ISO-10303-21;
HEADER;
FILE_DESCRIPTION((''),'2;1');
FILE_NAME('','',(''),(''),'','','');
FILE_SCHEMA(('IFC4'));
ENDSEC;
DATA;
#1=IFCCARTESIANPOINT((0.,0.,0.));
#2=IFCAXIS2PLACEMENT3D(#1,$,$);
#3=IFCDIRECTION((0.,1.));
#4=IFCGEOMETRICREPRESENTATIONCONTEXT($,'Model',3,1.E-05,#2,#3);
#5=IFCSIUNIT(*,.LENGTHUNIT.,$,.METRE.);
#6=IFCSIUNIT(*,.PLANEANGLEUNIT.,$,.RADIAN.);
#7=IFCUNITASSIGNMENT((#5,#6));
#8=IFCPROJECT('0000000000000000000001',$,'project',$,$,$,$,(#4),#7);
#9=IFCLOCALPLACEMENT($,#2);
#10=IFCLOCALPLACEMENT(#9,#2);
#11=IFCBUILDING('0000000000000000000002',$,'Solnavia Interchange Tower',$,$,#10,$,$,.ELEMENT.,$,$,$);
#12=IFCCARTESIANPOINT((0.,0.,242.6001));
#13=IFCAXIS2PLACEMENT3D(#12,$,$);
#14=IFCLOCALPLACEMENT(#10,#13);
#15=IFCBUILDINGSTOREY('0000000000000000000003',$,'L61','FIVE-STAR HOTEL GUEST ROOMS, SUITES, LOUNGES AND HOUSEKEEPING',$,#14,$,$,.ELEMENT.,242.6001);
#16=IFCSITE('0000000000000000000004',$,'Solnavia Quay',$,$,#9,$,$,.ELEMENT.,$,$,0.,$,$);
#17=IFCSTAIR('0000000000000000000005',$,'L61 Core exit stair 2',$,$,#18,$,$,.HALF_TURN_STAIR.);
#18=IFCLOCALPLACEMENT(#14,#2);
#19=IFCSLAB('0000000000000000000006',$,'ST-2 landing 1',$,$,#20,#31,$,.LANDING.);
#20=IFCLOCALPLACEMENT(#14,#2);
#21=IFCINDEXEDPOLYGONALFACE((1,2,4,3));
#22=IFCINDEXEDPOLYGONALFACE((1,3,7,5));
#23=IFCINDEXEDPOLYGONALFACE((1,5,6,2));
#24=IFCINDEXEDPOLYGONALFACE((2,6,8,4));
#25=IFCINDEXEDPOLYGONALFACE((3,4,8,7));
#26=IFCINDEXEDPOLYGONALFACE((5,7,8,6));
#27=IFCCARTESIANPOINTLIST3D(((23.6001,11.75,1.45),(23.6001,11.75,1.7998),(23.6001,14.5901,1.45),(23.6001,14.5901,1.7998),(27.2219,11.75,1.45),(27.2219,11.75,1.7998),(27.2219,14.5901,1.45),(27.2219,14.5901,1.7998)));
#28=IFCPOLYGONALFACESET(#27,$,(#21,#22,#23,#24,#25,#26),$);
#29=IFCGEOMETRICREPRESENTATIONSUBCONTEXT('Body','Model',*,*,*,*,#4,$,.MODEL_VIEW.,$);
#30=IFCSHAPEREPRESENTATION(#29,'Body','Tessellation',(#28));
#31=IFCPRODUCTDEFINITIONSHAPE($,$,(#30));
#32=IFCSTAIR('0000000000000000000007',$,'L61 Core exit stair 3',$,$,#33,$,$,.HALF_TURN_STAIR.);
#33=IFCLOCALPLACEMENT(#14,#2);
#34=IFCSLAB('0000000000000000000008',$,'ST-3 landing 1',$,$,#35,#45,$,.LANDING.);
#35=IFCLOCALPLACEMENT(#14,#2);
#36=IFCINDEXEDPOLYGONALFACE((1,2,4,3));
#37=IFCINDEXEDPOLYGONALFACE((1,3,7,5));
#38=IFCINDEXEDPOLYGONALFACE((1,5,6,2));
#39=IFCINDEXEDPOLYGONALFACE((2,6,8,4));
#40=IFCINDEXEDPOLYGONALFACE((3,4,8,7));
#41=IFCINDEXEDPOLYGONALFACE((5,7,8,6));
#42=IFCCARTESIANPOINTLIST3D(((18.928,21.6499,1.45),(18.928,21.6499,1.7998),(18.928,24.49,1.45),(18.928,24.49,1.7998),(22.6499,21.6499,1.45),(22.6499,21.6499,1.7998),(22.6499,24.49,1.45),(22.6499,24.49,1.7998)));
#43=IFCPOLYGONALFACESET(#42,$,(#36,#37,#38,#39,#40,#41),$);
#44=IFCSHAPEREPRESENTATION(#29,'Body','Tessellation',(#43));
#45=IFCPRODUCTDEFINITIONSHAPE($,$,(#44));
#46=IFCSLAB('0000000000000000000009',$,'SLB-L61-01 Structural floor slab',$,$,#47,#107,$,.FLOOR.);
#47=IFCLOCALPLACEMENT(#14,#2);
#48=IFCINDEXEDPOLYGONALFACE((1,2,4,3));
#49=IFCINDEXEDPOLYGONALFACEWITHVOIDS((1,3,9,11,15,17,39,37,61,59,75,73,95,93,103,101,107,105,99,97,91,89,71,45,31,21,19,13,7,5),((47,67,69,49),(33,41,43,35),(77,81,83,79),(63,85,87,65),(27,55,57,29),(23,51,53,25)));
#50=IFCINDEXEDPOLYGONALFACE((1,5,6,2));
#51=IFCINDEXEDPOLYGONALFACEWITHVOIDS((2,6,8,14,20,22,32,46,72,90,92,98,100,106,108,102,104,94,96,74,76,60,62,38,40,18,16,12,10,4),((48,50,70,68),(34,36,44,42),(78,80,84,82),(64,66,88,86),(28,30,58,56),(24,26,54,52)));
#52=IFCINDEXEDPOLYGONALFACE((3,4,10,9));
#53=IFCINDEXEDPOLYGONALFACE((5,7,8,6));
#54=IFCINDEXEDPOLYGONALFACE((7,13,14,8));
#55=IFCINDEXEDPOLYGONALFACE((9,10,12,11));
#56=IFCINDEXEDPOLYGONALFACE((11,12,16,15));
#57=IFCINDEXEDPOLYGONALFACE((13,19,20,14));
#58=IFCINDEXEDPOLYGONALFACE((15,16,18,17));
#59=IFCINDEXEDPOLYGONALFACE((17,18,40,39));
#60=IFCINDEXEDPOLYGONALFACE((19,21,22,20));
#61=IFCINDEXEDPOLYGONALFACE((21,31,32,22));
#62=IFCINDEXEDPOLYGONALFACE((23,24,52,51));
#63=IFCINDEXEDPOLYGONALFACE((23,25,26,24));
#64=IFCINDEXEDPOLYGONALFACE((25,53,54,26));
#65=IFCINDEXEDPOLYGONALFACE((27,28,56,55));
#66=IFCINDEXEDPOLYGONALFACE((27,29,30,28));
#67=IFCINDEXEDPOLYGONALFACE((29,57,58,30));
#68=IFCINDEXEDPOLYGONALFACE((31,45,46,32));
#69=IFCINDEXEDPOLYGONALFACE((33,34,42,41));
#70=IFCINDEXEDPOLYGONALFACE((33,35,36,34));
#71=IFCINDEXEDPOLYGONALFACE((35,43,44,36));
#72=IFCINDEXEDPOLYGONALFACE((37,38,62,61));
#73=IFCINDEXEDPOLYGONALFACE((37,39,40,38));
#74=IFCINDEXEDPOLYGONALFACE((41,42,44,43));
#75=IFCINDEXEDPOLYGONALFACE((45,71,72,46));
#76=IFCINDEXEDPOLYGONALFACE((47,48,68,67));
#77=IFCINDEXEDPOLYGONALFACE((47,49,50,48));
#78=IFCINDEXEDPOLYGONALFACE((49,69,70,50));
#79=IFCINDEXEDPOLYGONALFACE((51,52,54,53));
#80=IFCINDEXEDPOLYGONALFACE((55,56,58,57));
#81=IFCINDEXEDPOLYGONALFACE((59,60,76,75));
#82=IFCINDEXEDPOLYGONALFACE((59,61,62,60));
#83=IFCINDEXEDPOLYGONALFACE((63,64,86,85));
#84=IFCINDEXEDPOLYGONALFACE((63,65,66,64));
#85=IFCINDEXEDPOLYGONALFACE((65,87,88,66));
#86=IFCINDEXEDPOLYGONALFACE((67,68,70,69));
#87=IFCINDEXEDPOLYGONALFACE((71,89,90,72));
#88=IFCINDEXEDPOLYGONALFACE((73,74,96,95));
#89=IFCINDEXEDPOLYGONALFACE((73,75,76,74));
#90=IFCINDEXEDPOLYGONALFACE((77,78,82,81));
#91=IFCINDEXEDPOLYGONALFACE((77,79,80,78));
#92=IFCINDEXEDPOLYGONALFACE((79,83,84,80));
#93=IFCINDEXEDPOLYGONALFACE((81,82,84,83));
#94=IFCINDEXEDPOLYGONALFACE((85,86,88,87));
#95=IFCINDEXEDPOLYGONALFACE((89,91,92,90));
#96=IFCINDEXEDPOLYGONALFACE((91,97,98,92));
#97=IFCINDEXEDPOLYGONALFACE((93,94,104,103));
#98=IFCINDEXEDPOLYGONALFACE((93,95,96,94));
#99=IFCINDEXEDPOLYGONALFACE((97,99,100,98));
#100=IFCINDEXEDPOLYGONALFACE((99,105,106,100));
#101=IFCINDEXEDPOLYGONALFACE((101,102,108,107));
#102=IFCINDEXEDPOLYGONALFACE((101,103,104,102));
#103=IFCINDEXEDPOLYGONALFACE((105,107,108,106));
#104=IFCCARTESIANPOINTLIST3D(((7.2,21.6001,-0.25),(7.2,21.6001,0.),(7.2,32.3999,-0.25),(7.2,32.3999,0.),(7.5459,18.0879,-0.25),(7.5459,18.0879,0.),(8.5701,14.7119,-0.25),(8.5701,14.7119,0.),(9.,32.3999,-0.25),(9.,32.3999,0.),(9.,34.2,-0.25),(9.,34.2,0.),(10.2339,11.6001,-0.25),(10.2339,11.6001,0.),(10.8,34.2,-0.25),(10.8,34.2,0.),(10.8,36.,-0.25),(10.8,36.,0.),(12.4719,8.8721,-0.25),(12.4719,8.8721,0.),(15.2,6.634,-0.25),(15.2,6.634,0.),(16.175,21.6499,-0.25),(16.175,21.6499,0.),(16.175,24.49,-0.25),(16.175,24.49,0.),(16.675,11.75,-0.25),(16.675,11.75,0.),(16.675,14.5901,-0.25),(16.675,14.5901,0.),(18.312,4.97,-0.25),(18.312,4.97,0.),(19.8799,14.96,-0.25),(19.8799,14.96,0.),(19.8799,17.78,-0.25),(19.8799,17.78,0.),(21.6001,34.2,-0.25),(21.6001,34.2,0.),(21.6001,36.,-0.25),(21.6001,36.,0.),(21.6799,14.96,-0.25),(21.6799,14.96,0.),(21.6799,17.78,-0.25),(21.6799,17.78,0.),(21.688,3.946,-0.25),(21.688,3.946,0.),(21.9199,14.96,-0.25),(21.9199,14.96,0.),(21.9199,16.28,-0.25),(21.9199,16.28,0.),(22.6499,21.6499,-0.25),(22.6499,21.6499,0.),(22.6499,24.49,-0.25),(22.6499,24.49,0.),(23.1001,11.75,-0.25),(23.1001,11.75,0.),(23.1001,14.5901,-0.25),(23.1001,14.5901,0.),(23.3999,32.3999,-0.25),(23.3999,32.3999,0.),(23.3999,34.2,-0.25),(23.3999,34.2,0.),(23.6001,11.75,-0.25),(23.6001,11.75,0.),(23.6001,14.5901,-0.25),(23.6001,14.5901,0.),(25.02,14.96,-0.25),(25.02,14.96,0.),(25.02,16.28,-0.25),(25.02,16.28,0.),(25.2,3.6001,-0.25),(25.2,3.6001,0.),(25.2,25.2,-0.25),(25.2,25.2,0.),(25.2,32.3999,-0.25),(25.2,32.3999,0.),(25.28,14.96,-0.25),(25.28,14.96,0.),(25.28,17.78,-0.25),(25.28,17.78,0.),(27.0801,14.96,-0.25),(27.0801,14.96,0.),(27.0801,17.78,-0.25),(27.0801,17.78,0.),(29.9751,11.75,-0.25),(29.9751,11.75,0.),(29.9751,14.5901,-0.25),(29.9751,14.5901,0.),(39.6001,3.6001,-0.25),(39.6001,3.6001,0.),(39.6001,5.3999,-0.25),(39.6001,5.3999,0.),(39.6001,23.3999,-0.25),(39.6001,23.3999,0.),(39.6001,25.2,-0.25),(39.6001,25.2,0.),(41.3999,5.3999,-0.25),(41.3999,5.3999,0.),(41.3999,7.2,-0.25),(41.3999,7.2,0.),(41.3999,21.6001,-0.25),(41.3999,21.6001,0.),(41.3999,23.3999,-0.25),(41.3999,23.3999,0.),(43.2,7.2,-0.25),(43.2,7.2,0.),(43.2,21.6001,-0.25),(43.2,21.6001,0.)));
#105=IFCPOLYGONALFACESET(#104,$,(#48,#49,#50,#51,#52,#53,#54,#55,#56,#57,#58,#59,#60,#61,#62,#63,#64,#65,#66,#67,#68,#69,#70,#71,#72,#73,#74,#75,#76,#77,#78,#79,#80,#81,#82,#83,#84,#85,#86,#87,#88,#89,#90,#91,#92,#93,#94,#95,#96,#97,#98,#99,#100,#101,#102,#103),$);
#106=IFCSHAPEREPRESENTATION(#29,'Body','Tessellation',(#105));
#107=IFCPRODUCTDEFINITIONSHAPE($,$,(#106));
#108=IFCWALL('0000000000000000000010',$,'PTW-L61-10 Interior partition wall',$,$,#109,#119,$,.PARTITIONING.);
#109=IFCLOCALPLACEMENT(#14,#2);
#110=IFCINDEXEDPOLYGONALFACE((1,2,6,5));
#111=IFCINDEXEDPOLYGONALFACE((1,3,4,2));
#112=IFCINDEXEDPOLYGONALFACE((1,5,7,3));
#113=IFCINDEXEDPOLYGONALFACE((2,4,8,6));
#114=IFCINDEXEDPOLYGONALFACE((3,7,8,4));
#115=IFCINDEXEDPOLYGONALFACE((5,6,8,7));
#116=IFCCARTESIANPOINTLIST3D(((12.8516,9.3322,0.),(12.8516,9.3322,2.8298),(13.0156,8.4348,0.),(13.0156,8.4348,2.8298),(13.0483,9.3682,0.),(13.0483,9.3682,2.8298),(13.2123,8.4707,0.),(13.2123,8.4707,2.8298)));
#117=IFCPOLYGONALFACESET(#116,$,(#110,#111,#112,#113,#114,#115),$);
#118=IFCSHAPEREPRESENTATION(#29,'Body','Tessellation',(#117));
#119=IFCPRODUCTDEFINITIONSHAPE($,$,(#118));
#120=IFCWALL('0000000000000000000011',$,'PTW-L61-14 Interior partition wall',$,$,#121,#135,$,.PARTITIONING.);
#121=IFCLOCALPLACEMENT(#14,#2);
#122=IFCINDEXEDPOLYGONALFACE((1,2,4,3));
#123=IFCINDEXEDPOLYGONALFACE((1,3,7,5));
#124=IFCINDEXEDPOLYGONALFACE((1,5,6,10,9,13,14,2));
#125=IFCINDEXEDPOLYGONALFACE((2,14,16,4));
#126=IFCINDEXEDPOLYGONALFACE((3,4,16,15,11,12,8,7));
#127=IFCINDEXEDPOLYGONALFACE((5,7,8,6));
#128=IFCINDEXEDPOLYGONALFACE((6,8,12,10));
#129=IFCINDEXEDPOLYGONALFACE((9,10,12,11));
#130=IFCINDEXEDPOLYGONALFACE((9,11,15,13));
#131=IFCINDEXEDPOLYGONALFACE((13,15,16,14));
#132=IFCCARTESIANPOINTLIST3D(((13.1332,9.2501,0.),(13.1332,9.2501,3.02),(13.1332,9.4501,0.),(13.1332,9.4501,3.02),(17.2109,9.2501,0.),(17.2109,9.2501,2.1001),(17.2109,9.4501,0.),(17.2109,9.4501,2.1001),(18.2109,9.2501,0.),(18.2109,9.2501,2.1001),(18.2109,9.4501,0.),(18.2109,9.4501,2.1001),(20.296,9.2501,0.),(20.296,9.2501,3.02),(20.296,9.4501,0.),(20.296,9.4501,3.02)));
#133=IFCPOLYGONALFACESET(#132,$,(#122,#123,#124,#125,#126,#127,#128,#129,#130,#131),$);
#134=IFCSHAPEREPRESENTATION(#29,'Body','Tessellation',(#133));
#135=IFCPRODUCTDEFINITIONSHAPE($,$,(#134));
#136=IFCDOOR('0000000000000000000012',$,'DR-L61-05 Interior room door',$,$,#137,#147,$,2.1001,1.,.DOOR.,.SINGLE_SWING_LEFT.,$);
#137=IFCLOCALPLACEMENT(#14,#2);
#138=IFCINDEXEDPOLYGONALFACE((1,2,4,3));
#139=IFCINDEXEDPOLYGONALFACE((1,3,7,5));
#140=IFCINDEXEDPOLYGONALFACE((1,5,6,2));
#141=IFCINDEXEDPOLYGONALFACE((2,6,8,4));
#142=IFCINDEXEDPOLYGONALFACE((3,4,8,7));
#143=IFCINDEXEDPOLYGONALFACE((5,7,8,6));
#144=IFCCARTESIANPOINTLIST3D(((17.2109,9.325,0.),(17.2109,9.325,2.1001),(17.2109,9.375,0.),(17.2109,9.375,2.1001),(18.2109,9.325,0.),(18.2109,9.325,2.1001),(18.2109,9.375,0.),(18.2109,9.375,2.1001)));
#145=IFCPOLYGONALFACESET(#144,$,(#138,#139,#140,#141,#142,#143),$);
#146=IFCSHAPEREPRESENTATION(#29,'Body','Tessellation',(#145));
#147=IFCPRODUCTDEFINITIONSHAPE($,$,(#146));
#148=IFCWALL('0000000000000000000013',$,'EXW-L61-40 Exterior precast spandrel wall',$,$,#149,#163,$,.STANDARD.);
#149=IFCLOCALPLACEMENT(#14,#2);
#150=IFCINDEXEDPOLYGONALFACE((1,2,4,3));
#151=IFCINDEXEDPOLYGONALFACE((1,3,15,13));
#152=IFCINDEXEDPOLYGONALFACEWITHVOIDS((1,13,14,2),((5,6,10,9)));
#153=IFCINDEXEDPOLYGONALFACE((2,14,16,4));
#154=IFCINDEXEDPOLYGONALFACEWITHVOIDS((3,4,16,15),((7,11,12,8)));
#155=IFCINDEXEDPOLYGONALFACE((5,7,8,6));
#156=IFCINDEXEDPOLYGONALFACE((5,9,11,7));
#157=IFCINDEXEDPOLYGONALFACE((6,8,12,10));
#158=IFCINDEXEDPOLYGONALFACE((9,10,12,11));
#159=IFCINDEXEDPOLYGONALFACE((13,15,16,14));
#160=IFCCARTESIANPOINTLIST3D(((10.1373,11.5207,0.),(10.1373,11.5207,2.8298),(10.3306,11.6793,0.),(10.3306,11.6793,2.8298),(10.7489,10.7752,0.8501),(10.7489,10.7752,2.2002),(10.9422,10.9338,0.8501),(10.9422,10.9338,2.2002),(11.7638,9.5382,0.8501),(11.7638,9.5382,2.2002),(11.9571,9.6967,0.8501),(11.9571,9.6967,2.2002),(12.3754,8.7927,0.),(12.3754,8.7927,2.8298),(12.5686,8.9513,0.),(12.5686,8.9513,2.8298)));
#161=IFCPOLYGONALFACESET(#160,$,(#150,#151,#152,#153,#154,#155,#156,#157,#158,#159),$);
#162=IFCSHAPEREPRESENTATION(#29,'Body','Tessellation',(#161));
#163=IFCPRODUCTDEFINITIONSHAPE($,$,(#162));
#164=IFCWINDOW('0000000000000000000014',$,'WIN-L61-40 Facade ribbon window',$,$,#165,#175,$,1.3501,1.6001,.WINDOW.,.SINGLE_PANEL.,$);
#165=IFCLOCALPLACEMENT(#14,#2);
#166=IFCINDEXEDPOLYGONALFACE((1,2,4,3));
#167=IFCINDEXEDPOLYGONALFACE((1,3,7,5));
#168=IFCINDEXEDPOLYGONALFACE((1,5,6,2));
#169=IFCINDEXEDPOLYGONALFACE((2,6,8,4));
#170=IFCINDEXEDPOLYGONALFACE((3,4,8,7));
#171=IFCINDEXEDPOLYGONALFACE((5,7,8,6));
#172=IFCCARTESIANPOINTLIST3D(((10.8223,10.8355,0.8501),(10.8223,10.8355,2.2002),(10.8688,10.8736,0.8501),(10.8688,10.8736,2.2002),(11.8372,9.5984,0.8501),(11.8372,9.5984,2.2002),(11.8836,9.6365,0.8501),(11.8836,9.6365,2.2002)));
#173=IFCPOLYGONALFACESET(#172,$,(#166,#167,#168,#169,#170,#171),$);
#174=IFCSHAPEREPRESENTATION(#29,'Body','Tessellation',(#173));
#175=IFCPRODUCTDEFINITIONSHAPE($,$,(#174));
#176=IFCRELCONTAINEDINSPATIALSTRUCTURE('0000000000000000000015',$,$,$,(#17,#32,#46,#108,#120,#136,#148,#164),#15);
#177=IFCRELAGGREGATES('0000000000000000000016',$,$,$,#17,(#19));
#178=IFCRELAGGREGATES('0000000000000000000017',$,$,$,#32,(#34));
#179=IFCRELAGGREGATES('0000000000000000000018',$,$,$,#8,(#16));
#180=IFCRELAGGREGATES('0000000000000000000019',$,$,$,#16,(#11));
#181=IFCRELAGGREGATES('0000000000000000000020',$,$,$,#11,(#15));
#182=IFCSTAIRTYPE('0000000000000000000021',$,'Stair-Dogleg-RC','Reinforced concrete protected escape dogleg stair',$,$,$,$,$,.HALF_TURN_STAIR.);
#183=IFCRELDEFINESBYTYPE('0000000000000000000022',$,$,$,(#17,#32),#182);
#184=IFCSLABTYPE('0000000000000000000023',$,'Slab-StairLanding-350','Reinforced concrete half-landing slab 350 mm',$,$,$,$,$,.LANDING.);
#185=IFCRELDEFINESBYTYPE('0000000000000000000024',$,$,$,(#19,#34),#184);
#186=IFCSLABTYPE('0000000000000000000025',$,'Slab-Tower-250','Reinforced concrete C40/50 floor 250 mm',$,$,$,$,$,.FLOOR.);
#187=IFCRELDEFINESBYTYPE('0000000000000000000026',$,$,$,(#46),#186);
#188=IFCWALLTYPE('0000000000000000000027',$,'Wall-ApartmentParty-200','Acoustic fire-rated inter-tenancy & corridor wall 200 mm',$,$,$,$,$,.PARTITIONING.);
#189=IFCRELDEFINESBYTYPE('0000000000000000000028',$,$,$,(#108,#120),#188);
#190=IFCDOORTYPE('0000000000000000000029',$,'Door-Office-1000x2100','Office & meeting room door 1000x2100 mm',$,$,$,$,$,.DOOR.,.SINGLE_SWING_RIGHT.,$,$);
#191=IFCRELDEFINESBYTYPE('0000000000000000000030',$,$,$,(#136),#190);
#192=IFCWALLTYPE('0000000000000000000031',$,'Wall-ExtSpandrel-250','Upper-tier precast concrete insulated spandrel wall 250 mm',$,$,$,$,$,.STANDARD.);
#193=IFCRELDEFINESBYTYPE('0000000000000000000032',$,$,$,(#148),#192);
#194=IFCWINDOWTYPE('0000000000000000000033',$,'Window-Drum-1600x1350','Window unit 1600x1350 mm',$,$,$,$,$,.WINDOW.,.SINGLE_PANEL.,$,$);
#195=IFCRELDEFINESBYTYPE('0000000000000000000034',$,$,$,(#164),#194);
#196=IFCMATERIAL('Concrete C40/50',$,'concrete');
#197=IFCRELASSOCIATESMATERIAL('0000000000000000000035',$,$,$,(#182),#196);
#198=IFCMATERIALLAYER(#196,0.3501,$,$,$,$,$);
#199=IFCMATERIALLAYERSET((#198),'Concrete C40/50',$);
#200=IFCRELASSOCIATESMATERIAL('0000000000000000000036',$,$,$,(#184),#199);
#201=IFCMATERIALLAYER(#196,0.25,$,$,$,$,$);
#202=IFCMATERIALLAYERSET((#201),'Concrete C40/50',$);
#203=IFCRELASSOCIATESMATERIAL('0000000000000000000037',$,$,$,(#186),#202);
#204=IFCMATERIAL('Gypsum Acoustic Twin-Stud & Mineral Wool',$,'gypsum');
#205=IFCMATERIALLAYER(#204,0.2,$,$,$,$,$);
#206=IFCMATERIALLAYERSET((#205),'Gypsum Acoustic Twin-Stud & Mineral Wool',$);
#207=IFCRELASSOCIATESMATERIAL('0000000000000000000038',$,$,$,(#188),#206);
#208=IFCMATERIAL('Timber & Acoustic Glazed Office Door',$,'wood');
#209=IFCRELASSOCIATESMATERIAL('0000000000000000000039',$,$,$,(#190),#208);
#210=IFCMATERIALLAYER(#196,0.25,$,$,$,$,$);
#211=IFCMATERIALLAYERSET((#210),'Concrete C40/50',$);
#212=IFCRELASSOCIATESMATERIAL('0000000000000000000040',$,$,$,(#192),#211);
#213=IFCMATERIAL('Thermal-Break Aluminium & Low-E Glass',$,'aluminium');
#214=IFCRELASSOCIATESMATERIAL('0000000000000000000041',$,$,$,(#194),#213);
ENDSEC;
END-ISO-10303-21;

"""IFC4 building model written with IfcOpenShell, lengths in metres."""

from ifc_helpers import new_model, si_unit, direction, frame, frame_2d, origin, place, context, subcontext, project, spatial, polyline, rectangle, outline, extrude, material, layer, layer_set, type_object, element, fill, aggregate, save


model = new_model("IFC4")

# Units and contexts
model_context = context("Model", 3, precision=1e-05, world=origin(), true_north=direction((0.0, 1.0)))
body_context = subcontext(model_context, "Body", "Model", "MODEL_VIEW")
ifc_project = project(units=[si_unit("LENGTHUNIT", "METRE"), si_unit("PLANEANGLEUNIT", "RADIAN")], contexts=[model_context])

# Site, building, storey
site_placement = place(None, origin())
site = spatial("IfcSite", under=ifc_project, at=site_placement, Name="Solnavia Quay", CompositionType="ELEMENT", RefElevation=0.0)
building_placement = place(site_placement, origin())
building = spatial("IfcBuilding", under=site, at=building_placement, Name="Solnavia Interchange Tower", CompositionType="ELEMENT")
storey_placement = place(building_placement, frame((0.0, 0.0, 242.6001)))
storey = spatial("IfcBuildingStorey", under=building, at=storey_placement, Name="L61", Description="FIVE-STAR HOTEL GUEST ROOMS, SUITES, LOUNGES AND HOUSEKEEPING", CompositionType="ELEMENT", Elevation=242.6001)

# Stairs, slabs
ifc_material_1 = material(Name="Concrete C40/50", Category="concrete")
stair_type = type_object("IfcStairType", Name="Stair-Dogleg-RC", Description="Reinforced concrete protected escape dogleg stair", PredefinedType="HALF_TURN_STAIR", material=ifc_material_1)
ifc_layer_1 = layer(ifc_material_1, 0.3501)
ifc_layer_set_1 = layer_set([ifc_layer_1], Name="Concrete C40/50")
slab_type_1 = type_object("IfcSlabType", Name="Slab-StairLanding-350", Description="Reinforced concrete half-landing slab 350 mm", PredefinedType="LANDING", material=ifc_layer_set_1)
stair_1_placement = place(storey_placement, origin())
stair_1 = element("IfcStair", 1, at=stair_1_placement, inside=storey, type_object=stair_type, Name="L61 Core exit stair 2", PredefinedType="HALF_TURN_STAIR")
slab_1_placement = place(storey_placement, frame((0.0, 0.0, 1.45)))
slab_1 = element("IfcSlab", 2, at=slab_1_placement, type_object=slab_type_1, Name="ST-2 landing 1", PredefinedType="LANDING", context=body_context, shape_type="SweptSolid", body=[
    extrude(outline(polyline([(23.6001, 11.75), (27.2219, 11.75), (27.2219, 14.5901), (23.6001, 14.5901), (23.6001, 11.75)])), origin(), (0.0, 0.0, 1.0), 0.3499),
])
aggregate(stair_1, [slab_1])
stair_2_placement = place(storey_placement, origin())
stair_2 = element("IfcStair", 3, at=stair_2_placement, inside=storey, type_object=stair_type, Name="L61 Core exit stair 3", PredefinedType="HALF_TURN_STAIR")
slab_2_placement = place(storey_placement, frame((0.0, 0.0, 1.45)))
slab_2 = element("IfcSlab", 4, at=slab_2_placement, type_object=slab_type_1, Name="ST-3 landing 1", PredefinedType="LANDING", context=body_context, shape_type="SweptSolid", body=[
    extrude(outline(polyline([(18.928, 21.6499), (22.6499, 21.6499), (22.6499, 24.49), (18.928, 24.49), (18.928, 21.6499)])), origin(), (0.0, 0.0, 1.0), 0.3499),
])
aggregate(stair_2, [slab_2])

# Slab
ifc_layer_2 = layer(ifc_material_1, 0.25)
ifc_layer_set_2 = layer_set([ifc_layer_2], Name="Concrete C40/50")
slab_type_2 = type_object("IfcSlabType", Name="Slab-Tower-250", Description="Reinforced concrete C40/50 floor 250 mm", PredefinedType="FLOOR", material=ifc_layer_set_2)
slab_3_placement = place(storey_placement, frame((0.0, 0.0, -0.25)))
element("IfcSlab", 5, at=slab_3_placement, inside=storey, type_object=slab_type_2, Name="SLB-L61-01 Structural floor slab", PredefinedType="FLOOR", context=body_context, shape_type="SweptSolid", body=[
    extrude(outline(polyline([(25.2, 3.6001), (39.6001, 3.6001), (39.6001, 5.3999), (41.3999, 5.3999), (41.3999, 7.2), (43.2, 7.2), (43.2, 21.6001), (41.3999, 21.6001), (41.3999, 23.3999), (39.6001, 23.3999), (39.6001, 25.2), (25.2, 25.2), (25.2, 32.3999), (23.3999, 32.3999), (23.3999, 34.2), (21.6001, 34.2), (21.6001, 36.0), (10.8, 36.0), (10.8, 34.2), (9.0, 34.2), (9.0, 32.3999), (7.2, 32.3999), (7.2, 21.6001), (7.5459, 18.0879), (8.5701, 14.7119), (10.2339, 11.6001), (12.4719, 8.8721), (15.2, 6.634), (18.312, 4.97), (21.688, 3.946), (25.2, 3.6001)]), holes=[polyline([(16.675, 11.75), (23.1001, 11.75), (23.1001, 14.5901), (16.675, 14.5901), (16.675, 11.75)]), polyline([(23.6001, 11.75), (29.9751, 11.75), (29.9751, 14.5901), (23.6001, 14.5901), (23.6001, 11.75)]), polyline([(16.175, 21.6499), (22.6499, 21.6499), (22.6499, 24.49), (16.175, 24.49), (16.175, 21.6499)]), polyline([(19.8799, 14.96), (21.6799, 14.96), (21.6799, 17.78), (19.8799, 17.78), (19.8799, 14.96)]), polyline([(25.28, 14.96), (27.0801, 14.96), (27.0801, 17.78), (25.28, 17.78), (25.28, 14.96)]), polyline([(21.9199, 14.96), (25.02, 14.96), (25.02, 16.28), (21.9199, 16.28), (21.9199, 14.96)])]), origin(), (0.0, 0.0, 1.0), 0.25),
])

# Wall
ifc_material_2 = material(Name="Gypsum Acoustic Twin-Stud & Mineral Wool", Category="gypsum")
ifc_layer_3 = layer(ifc_material_2, 0.2)
ifc_layer_set_3 = layer_set([ifc_layer_3], Name="Gypsum Acoustic Twin-Stud & Mineral Wool")
wall_type_1 = type_object("IfcWallType", Name="Wall-ApartmentParty-200", Description="Acoustic fire-rated inter-tenancy & corridor wall 200 mm", PredefinedType="PARTITIONING", material=ifc_layer_set_3)
wall_1_placement = place(storey_placement, frame((12.95, 9.3501, 0.0), z_axis=(0.0, 0.0, 1.0), x_axis=(0.179827, -0.983698, 0.0)))
element("IfcWall", 6, at=wall_1_placement, inside=storey, type_object=wall_type_1, Name="PTW-L61-10 Interior partition wall", PredefinedType="PARTITIONING", context=body_context, shape_type="SweptSolid", body=[
    extrude(rectangle(XDim=0.9124, YDim=0.2, at=frame_2d((0.4561, 0.0))), origin(), (0.0, 0.0, 1.0), 2.8298),
])

# Wall, opening, door
wall_2_placement = place(storey_placement, frame((13.1331, 9.3501, 0.0), z_axis=(0.0, 0.0, 1.0), x_axis=(1.0, 0.0, 0.0)))
wall_2 = element("IfcWall", 7, at=wall_2_placement, inside=storey, type_object=wall_type_1, Name="PTW-L61-14 Interior partition wall", PredefinedType="PARTITIONING", context=body_context, shape_type="SweptSolid", body=[
    extrude(rectangle(XDim=7.1628, YDim=0.2, at=frame_2d((3.5815, 0.0))), origin(), (0.0, 0.0, 1.0), 3.02),
])
opening_1_placement = place(wall_2_placement, frame((4.0779, 0.0, 0.0)))
opening_1 = element("IfcOpeningElement", 8, at=opening_1_placement, cuts=wall_2, PredefinedType="OPENING", context=body_context, shape_type="SweptSolid", body=[
    extrude(rectangle(XDim=1.0, YDim=2.1001, at=frame_2d((0.5, 1.05))), frame((0.0, 0.1099, 0.0), z_axis=(0.0, -1.0, 0.0), x_axis=(1.0, 0.0, 0.0)), (0.0, 0.0, 1.0), 0.22),
])
ifc_material_3 = material(Name="Timber & Acoustic Glazed Office Door", Category="wood")
door_type = type_object("IfcDoorType", Name="Door-Office-1000x2100", Description="Office & meeting room door 1000x2100 mm", OperationType="SINGLE_SWING_RIGHT", PredefinedType="DOOR", material=ifc_material_3)
door_placement = place(opening_1_placement, origin())
door = element("IfcDoor", 9, at=door_placement, inside=storey, type_object=door_type, Name="DR-L61-05 Interior room door", OperationType="SINGLE_SWING_LEFT", OverallHeight=2.1001, OverallWidth=1.0, PredefinedType="DOOR", context=body_context, shape_type="SweptSolid", body=[
    extrude(rectangle(XDim=1.0, YDim=2.1001, at=frame_2d((0.5, 1.05))), frame((0.0, 0.0249, 0.0), z_axis=(0.0, -1.0, 0.0), x_axis=(1.0, 0.0, 0.0)), (0.0, 0.0, 1.0), 0.05),
])
fill(opening_1, door)

# Wall, opening, window
ifc_layer_4 = layer(ifc_material_1, 0.25)
ifc_layer_set_4 = layer_set([ifc_layer_4], Name="Concrete C40/50")
wall_type_2 = type_object("IfcWallType", Name="Wall-ExtSpandrel-250", Description="Upper-tier precast concrete insulated spandrel wall 250 mm", PredefinedType="STANDARD", material=ifc_layer_set_4)
wall_3_placement = place(storey_placement, frame((12.4719, 8.8721, 0.0), z_axis=(0.0, 0.0, 1.0), x_axis=(-0.634258, 0.773121, 0.0)))
wall_3 = element("IfcWall", 10, at=wall_3_placement, inside=storey, type_object=wall_type_2, Name="EXW-L61-40 Exterior precast spandrel wall", PredefinedType="STANDARD", context=body_context, shape_type="SweptSolid", body=[
    extrude(rectangle(XDim=3.5286, YDim=0.25, at=frame_2d((1.7642, 0.0))), origin(), (0.0, 0.0, 1.0), 2.8298),
])
opening_2_placement = place(wall_3_placement, frame((0.9641, 0.0, 0.8501)))
opening_2 = element("IfcOpeningElement", 11, at=opening_2_placement, cuts=wall_3, PredefinedType="OPENING", context=body_context, shape_type="SweptSolid", body=[
    extrude(rectangle(XDim=1.6001, YDim=1.3501, at=frame_2d((0.8, 0.675))), frame((0.0, 0.135, 0.0), z_axis=(0.0, -1.0, 0.0), x_axis=(1.0, 0.0, 0.0)), (0.0, 0.0, 1.0), 0.27),
])
ifc_material_4 = material(Name="Thermal-Break Aluminium & Low-E Glass", Category="aluminium")
window_type = type_object("IfcWindowType", Name="Window-Drum-1600x1350", Description="Window unit 1600x1350 mm", PartitioningType="SINGLE_PANEL", PredefinedType="WINDOW", material=ifc_material_4)
window_placement = place(opening_2_placement, origin())
window = element("IfcWindow", 12, at=window_placement, inside=storey, type_object=window_type, Name="WIN-L61-40 Facade ribbon window", OverallHeight=1.3501, OverallWidth=1.6001, PartitioningType="SINGLE_PANEL", PredefinedType="WINDOW", context=body_context, shape_type="SweptSolid", body=[
    extrude(rectangle(XDim=1.6001, YDim=1.3501, at=frame_2d((0.8, 0.675))), frame((0.0, 0.03, 0.0), z_axis=(0.0, -1.0, 0.0), x_axis=(1.0, 0.0, 0.0)), (0.0, 0.0, 1.0), 0.0601),
])
fill(opening_2, window)

save(model, "model.ifc")
